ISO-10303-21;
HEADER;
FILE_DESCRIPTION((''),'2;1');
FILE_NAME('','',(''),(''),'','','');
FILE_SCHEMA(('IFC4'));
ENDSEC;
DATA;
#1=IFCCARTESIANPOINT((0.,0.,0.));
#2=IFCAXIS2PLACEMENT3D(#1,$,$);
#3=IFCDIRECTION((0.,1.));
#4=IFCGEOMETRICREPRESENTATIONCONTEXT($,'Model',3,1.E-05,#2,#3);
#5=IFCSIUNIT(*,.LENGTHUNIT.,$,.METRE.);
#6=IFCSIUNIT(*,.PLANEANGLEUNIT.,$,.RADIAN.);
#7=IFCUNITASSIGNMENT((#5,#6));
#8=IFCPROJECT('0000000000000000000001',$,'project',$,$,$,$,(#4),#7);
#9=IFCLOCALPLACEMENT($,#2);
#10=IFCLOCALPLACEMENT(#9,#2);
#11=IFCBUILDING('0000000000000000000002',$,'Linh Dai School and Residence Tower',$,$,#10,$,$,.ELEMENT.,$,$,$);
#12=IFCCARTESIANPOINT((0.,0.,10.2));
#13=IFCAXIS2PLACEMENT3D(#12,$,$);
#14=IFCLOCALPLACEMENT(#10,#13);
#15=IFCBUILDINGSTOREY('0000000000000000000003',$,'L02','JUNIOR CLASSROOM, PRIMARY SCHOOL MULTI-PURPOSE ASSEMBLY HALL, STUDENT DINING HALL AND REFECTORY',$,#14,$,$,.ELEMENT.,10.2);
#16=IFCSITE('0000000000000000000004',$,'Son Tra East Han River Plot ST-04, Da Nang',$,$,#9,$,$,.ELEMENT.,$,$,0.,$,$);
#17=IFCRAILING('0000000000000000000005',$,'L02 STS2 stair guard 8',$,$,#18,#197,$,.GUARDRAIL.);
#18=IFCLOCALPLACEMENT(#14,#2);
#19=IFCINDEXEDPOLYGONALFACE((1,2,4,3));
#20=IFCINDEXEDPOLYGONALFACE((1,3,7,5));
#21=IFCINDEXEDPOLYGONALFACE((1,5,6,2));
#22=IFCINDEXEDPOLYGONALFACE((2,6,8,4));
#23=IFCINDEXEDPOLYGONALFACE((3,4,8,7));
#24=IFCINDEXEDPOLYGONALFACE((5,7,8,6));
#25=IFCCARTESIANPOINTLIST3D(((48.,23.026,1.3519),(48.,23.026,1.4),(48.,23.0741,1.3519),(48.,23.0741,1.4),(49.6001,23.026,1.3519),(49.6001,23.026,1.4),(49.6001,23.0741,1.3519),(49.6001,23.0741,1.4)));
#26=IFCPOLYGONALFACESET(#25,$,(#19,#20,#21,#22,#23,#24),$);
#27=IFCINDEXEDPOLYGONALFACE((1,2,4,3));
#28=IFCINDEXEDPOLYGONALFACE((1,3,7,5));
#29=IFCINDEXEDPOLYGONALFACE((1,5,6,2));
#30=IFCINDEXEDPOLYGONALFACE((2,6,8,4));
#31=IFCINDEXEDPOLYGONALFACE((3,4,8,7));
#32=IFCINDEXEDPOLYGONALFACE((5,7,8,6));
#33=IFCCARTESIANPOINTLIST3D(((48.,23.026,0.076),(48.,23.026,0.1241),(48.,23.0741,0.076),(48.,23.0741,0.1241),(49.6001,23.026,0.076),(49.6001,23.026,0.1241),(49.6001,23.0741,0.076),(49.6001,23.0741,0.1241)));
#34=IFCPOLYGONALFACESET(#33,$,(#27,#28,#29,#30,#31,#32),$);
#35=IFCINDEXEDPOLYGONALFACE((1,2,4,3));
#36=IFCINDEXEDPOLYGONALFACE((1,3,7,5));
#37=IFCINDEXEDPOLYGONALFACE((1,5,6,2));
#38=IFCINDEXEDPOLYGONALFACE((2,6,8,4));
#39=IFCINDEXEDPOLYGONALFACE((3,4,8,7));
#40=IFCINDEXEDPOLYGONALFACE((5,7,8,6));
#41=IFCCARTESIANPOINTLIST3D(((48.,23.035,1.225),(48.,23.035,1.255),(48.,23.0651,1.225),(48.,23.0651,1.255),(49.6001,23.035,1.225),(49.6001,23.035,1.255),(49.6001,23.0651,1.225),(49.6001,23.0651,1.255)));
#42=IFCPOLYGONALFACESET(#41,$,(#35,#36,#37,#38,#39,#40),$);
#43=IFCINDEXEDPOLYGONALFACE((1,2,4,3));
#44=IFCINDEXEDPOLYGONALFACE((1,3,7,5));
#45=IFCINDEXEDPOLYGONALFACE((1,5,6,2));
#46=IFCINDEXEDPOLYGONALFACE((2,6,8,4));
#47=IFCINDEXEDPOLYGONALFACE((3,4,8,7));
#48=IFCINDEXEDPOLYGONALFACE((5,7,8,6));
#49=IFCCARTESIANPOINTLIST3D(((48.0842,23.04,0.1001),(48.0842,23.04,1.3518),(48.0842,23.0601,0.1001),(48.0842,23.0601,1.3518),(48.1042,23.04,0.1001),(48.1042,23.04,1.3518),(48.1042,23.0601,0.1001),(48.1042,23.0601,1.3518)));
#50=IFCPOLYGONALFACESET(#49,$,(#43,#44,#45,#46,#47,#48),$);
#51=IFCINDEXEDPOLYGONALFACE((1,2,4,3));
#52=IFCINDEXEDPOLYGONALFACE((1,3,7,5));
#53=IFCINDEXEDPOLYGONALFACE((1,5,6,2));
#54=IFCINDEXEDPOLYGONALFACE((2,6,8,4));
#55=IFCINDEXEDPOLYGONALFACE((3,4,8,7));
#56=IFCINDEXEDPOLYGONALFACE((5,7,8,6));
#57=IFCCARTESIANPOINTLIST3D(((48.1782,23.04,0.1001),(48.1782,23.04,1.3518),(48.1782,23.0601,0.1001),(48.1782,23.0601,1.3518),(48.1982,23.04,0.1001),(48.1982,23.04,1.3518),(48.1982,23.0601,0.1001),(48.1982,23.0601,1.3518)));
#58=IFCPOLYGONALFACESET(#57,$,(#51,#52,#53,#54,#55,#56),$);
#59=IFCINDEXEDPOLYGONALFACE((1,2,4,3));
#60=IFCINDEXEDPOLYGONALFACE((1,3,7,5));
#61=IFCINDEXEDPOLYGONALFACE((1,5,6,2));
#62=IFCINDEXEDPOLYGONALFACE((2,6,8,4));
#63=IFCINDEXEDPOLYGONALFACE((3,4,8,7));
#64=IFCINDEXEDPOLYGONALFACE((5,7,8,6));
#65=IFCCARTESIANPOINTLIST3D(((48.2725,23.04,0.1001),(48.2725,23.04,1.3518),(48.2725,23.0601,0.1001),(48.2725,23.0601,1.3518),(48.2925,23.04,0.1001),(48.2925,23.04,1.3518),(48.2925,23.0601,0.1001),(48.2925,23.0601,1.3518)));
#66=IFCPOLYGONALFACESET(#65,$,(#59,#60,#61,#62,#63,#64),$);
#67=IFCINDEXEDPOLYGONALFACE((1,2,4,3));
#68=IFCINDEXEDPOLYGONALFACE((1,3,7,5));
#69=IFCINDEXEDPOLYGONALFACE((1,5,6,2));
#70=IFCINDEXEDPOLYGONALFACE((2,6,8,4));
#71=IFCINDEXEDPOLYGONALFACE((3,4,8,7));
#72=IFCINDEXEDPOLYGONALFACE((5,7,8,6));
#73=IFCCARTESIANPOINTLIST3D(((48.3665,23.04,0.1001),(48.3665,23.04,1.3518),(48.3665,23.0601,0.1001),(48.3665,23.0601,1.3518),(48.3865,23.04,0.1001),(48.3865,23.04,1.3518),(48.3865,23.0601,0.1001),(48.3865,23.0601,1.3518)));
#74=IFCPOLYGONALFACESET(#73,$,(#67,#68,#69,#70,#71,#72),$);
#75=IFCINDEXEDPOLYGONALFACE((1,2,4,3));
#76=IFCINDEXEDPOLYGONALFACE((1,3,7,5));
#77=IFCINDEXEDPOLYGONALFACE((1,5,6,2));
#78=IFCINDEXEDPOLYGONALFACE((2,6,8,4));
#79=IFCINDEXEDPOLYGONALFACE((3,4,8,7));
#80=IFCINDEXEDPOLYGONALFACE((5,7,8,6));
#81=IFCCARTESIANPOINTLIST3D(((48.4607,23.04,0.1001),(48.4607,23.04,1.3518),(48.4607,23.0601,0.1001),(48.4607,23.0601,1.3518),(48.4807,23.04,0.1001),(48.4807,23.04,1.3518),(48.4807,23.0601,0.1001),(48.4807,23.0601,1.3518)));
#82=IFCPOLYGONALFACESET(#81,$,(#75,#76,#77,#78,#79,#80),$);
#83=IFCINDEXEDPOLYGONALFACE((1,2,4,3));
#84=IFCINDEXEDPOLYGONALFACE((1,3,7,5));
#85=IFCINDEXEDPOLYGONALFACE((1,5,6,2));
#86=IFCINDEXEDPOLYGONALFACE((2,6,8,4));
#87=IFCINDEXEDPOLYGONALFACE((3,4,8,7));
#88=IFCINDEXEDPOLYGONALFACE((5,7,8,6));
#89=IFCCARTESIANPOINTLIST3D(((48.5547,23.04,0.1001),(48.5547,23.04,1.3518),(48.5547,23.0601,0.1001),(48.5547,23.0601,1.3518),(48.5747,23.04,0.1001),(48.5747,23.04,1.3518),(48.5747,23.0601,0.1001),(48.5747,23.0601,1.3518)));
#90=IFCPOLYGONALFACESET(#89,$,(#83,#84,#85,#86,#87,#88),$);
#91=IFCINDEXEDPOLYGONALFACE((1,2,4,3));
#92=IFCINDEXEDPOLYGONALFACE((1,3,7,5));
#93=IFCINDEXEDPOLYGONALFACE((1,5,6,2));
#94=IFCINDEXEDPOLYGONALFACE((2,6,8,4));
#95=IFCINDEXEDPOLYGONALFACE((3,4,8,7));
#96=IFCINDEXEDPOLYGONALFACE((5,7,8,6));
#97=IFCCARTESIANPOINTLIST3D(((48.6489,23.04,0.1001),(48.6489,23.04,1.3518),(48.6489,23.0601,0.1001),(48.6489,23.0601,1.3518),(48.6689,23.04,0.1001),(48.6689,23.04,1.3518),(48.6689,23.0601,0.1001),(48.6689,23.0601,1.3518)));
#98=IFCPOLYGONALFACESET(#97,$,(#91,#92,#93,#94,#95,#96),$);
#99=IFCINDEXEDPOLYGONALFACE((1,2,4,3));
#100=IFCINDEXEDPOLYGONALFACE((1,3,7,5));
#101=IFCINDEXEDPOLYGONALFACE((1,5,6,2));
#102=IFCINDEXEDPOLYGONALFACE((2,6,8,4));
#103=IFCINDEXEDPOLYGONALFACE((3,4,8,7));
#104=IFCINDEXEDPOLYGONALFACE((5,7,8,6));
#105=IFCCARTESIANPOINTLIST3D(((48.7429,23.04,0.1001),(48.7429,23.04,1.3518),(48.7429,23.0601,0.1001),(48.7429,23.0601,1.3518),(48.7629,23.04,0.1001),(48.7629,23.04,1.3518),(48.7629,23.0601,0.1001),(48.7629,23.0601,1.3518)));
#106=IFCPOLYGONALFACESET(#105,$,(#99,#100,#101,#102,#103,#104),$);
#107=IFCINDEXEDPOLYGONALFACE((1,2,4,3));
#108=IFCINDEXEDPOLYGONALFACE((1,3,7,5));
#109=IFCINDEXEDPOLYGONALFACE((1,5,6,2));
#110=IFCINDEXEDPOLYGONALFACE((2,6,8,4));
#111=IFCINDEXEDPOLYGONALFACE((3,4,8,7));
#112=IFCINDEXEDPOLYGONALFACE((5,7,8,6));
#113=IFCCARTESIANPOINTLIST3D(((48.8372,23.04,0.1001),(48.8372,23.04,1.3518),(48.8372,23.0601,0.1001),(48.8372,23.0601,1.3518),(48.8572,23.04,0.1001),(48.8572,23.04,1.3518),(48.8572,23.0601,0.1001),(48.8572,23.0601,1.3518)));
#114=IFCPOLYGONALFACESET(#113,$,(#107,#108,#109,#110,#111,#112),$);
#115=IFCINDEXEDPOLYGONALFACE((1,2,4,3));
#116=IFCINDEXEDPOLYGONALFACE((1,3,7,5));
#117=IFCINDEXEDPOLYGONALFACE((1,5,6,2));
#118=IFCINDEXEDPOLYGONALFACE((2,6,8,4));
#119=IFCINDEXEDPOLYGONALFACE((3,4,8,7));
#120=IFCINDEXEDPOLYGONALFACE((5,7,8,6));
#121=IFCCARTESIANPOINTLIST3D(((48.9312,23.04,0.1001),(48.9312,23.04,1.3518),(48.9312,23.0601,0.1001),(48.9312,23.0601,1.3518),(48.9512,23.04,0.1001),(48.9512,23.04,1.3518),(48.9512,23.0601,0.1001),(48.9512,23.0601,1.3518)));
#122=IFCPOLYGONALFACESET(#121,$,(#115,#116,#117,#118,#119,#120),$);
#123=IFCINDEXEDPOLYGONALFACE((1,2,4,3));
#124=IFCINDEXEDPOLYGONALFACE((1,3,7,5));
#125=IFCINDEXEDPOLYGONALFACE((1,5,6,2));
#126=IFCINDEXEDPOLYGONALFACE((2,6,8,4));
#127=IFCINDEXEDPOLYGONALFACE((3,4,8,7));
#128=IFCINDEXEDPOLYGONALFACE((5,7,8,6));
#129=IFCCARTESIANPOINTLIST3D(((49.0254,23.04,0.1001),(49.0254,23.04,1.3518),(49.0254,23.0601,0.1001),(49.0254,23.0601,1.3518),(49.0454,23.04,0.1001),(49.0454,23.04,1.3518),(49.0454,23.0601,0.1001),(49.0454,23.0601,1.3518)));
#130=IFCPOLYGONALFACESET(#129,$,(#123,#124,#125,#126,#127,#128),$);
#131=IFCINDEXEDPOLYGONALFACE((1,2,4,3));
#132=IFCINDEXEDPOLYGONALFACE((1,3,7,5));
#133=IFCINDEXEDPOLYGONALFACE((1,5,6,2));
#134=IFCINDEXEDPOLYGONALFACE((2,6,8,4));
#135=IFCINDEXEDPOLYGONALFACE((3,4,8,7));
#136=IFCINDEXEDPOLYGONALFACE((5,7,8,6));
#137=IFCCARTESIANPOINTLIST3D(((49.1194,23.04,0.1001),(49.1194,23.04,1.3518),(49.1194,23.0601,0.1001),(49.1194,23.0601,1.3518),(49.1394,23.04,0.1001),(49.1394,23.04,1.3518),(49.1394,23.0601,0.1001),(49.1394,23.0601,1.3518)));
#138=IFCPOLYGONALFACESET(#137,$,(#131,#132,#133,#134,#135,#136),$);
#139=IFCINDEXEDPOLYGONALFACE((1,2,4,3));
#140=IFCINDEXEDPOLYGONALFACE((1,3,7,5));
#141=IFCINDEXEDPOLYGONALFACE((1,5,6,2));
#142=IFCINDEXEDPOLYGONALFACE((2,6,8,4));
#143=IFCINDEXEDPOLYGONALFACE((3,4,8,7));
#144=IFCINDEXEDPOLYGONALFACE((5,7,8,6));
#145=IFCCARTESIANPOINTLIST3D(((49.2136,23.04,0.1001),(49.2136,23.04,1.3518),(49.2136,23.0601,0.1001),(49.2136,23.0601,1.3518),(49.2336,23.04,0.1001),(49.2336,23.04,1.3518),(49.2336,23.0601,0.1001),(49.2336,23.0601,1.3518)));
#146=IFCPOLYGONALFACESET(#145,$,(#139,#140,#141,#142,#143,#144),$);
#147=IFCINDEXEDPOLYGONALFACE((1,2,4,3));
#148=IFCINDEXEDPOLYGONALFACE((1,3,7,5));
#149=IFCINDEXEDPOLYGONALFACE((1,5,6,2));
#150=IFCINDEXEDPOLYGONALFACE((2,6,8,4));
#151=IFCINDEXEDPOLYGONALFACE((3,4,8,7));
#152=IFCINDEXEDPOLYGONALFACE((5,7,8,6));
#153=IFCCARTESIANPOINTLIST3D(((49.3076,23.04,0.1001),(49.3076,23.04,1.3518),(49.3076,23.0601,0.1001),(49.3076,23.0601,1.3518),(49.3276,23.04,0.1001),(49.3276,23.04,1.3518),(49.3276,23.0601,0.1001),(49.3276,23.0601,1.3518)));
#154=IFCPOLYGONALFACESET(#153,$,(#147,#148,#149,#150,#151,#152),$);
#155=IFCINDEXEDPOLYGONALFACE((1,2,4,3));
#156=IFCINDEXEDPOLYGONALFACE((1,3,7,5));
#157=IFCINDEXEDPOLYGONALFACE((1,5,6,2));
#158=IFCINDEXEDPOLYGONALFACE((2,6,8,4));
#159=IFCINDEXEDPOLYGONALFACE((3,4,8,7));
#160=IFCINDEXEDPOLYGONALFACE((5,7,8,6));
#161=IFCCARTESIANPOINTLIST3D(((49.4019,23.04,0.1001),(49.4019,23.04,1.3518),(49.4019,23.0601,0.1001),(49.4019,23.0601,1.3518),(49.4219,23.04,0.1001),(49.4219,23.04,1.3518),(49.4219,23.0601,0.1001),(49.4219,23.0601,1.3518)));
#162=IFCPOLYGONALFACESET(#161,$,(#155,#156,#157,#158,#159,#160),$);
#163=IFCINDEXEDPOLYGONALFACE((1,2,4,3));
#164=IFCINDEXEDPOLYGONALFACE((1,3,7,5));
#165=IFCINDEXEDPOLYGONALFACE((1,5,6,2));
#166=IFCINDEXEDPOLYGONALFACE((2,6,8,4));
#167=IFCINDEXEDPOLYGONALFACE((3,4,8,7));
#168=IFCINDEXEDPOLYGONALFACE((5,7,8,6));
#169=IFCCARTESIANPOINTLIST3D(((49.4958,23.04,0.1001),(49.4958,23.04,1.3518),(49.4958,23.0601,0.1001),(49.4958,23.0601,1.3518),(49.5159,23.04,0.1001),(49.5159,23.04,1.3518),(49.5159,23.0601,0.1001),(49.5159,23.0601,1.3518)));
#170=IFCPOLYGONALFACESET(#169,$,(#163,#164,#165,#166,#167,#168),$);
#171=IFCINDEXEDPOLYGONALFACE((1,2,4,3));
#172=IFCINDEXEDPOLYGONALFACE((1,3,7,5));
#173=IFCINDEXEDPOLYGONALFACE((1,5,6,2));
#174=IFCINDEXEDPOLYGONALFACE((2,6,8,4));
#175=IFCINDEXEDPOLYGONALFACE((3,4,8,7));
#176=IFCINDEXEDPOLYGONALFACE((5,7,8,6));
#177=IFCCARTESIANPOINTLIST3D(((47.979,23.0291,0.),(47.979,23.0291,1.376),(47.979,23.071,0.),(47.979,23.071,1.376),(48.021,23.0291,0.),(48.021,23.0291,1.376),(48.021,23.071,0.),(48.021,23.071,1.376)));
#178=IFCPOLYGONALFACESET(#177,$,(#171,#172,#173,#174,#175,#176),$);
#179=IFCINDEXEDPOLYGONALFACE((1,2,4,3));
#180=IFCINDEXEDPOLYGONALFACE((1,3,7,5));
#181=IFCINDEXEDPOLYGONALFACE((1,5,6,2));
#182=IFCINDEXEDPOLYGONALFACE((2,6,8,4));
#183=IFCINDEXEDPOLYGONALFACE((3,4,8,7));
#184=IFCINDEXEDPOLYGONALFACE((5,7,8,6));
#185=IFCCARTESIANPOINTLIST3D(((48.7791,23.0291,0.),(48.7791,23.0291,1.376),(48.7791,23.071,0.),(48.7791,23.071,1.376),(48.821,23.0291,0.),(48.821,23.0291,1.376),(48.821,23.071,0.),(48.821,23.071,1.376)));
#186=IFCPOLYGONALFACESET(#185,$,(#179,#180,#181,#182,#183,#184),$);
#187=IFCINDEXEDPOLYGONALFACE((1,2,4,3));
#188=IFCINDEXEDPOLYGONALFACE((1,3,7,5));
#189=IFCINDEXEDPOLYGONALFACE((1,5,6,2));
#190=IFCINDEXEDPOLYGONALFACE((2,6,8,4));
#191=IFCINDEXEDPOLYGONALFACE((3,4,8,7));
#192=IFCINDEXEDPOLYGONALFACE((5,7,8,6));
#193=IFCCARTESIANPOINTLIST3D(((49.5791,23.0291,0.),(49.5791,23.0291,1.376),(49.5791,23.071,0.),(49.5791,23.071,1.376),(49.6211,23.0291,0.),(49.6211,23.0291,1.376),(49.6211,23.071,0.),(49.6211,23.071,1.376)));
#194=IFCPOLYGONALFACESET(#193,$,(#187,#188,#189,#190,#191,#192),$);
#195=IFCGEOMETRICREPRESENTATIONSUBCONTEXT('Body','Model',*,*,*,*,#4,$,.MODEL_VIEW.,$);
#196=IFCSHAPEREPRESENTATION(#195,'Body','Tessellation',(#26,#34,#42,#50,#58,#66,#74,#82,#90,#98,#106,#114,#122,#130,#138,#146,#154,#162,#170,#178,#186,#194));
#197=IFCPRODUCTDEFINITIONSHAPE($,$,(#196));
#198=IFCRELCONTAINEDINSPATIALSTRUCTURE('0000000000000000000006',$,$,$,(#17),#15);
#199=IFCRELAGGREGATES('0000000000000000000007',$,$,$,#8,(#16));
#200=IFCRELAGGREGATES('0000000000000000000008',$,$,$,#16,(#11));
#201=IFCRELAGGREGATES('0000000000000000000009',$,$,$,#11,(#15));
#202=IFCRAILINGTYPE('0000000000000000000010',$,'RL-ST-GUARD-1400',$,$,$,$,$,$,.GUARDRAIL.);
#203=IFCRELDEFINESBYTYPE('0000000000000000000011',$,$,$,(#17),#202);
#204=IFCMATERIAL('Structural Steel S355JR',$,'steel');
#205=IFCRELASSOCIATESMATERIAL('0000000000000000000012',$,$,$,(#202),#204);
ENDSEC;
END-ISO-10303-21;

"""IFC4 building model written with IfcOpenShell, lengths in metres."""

from ifc_helpers import new_model, si_unit, direction, frame, origin, origin_2d, place, context, subcontext, project, spatial, rectangle, extrude, source, transform, mapped, material, type_object, element, save


model = new_model("IFC4")

# Units and contexts
model_context = context("Model", 3, precision=1e-05, world=origin(), true_north=direction((0.0, 1.0)))
body_context = subcontext(model_context, "Body", "Model", "MODEL_VIEW")
ifc_project = project(units=[si_unit("LENGTHUNIT", "METRE"), si_unit("PLANEANGLEUNIT", "RADIAN")], contexts=[model_context])

# Site, building, storey
site_placement = place(None, origin())
site = spatial("IfcSite", under=ifc_project, at=site_placement, Name="Son Tra East Han River Plot ST-04, Da Nang", CompositionType="ELEMENT", RefElevation=0.0)
building_placement = place(site_placement, origin())
building = spatial("IfcBuilding", under=site, at=building_placement, Name="Linh Dai School and Residence Tower", CompositionType="ELEMENT")
storey_placement = place(building_placement, frame((0.0, 0.0, 10.2)))
storey = spatial("IfcBuildingStorey", under=building, at=storey_placement, Name="L02", Description="JUNIOR CLASSROOM, PRIMARY SCHOOL MULTI-PURPOSE ASSEMBLY HALL, STUDENT DINING HALL AND REFECTORY", CompositionType="ELEMENT", Elevation=10.2)

# Shared definitions
ifc_material_1 = material(Name="Structural Steel S355JR", Category="steel")

# Railing
railing_type_1 = type_object("IfcRailingType", Name="RL-ST-GUARD-1400", PredefinedType="GUARDRAIL", material=ifc_material_1)
shared_shape_1 = source(origin(), body_context, "Body", "SweptSolid", [
    extrude(rectangle(XDim=0.0481, YDim=0.0481, at=origin_2d()), frame((0.0, 0.0, 1.376), z_axis=(1.0, 0.0, 0.0), x_axis=(0.0, 1.0, 0.0)), (0.0, 0.0, 1.0), 1.6001),
    extrude(rectangle(XDim=0.0481, YDim=0.0481, at=origin_2d()), frame((0.0, 0.0, 0.1001), z_axis=(1.0, 0.0, 0.0), x_axis=(0.0, 1.0, 0.0)), (0.0, 0.0, 1.0), 1.6001),
    extrude(rectangle(XDim=0.03, YDim=0.03, at=origin_2d()), frame((0.0, 0.0, 1.24), z_axis=(1.0, 0.0, 0.0), x_axis=(0.0, 1.0, 0.0)), (0.0, 0.0, 1.0), 1.6001),
    extrude(rectangle(XDim=0.02, YDim=0.02, at=origin_2d()), frame((0.0942, 0.0, 0.1001)), (0.0, 0.0, 1.0), 1.2517),
    extrude(rectangle(XDim=0.02, YDim=0.02, at=origin_2d()), frame((0.1882, 0.0, 0.1001)), (0.0, 0.0, 1.0), 1.2517),
    extrude(rectangle(XDim=0.02, YDim=0.02, at=origin_2d()), frame((0.2825, 0.0, 0.1001)), (0.0, 0.0, 1.0), 1.2517),
    extrude(rectangle(XDim=0.02, YDim=0.02, at=origin_2d()), frame((0.3765, 0.0, 0.1001)), (0.0, 0.0, 1.0), 1.2517),
    extrude(rectangle(XDim=0.02, YDim=0.02, at=origin_2d()), frame((0.4707, 0.0, 0.1001)), (0.0, 0.0, 1.0), 1.2517),
    extrude(rectangle(XDim=0.02, YDim=0.02, at=origin_2d()), frame((0.5647, 0.0, 0.1001)), (0.0, 0.0, 1.0), 1.2517),
    extrude(rectangle(XDim=0.02, YDim=0.02, at=origin_2d()), frame((0.6589, 0.0, 0.1001)), (0.0, 0.0, 1.0), 1.2517),
    extrude(rectangle(XDim=0.02, YDim=0.02, at=origin_2d()), frame((0.7529, 0.0, 0.1001)), (0.0, 0.0, 1.0), 1.2517),
    extrude(rectangle(XDim=0.02, YDim=0.02, at=origin_2d()), frame((0.8472, 0.0, 0.1001)), (0.0, 0.0, 1.0), 1.2517),
    extrude(rectangle(XDim=0.02, YDim=0.02, at=origin_2d()), frame((0.9412, 0.0, 0.1001)), (0.0, 0.0, 1.0), 1.2517),
    extrude(rectangle(XDim=0.02, YDim=0.02, at=origin_2d()), frame((1.0354, 0.0, 0.1001)), (0.0, 0.0, 1.0), 1.2517),
    extrude(rectangle(XDim=0.02, YDim=0.02, at=origin_2d()), frame((1.1294, 0.0, 0.1001)), (0.0, 0.0, 1.0), 1.2517),
    extrude(rectangle(XDim=0.02, YDim=0.02, at=origin_2d()), frame((1.2236, 0.0, 0.1001)), (0.0, 0.0, 1.0), 1.2517),
    extrude(rectangle(XDim=0.02, YDim=0.02, at=origin_2d()), frame((1.3176, 0.0, 0.1001)), (0.0, 0.0, 1.0), 1.2517),
    extrude(rectangle(XDim=0.02, YDim=0.02, at=origin_2d()), frame((1.4119, 0.0, 0.1001)), (0.0, 0.0, 1.0), 1.2517),
    extrude(rectangle(XDim=0.02, YDim=0.02, at=origin_2d()), frame((1.5059, 0.0, 0.1001)), (0.0, 0.0, 1.0), 1.2517),
    extrude(rectangle(XDim=0.042, YDim=0.042, at=origin_2d()), origin(), (0.0, 0.0, 1.0), 1.376),
    extrude(rectangle(XDim=0.042, YDim=0.042, at=origin_2d()), frame((0.8, 0.0, 0.0)), (0.0, 0.0, 1.0), 1.376),
    extrude(rectangle(XDim=0.042, YDim=0.042, at=origin_2d()), frame((1.6001, 0.0, 0.0)), (0.0, 0.0, 1.0), 1.376),
])
railing_1_placement = place(storey_placement, frame((48.0, 23.05, 0.0)))
element("IfcRailing", 1, at=railing_1_placement, inside=storey, type_object=railing_type_1, Name="L02 STS2 stair guard 8", PredefinedType="GUARDRAIL", context=body_context, shape_type="MappedRepresentation", body=[
    mapped(shared_shape_1, transform((0.0, 0.0, 0.0), x_axis=(1.0, 0.0, 0.0), y_axis=(0.0, 1.0, 0.0), z_axis=(0.0, 0.0, 1.0), scale=1.0)),
])

save(model, "model.ifc")
